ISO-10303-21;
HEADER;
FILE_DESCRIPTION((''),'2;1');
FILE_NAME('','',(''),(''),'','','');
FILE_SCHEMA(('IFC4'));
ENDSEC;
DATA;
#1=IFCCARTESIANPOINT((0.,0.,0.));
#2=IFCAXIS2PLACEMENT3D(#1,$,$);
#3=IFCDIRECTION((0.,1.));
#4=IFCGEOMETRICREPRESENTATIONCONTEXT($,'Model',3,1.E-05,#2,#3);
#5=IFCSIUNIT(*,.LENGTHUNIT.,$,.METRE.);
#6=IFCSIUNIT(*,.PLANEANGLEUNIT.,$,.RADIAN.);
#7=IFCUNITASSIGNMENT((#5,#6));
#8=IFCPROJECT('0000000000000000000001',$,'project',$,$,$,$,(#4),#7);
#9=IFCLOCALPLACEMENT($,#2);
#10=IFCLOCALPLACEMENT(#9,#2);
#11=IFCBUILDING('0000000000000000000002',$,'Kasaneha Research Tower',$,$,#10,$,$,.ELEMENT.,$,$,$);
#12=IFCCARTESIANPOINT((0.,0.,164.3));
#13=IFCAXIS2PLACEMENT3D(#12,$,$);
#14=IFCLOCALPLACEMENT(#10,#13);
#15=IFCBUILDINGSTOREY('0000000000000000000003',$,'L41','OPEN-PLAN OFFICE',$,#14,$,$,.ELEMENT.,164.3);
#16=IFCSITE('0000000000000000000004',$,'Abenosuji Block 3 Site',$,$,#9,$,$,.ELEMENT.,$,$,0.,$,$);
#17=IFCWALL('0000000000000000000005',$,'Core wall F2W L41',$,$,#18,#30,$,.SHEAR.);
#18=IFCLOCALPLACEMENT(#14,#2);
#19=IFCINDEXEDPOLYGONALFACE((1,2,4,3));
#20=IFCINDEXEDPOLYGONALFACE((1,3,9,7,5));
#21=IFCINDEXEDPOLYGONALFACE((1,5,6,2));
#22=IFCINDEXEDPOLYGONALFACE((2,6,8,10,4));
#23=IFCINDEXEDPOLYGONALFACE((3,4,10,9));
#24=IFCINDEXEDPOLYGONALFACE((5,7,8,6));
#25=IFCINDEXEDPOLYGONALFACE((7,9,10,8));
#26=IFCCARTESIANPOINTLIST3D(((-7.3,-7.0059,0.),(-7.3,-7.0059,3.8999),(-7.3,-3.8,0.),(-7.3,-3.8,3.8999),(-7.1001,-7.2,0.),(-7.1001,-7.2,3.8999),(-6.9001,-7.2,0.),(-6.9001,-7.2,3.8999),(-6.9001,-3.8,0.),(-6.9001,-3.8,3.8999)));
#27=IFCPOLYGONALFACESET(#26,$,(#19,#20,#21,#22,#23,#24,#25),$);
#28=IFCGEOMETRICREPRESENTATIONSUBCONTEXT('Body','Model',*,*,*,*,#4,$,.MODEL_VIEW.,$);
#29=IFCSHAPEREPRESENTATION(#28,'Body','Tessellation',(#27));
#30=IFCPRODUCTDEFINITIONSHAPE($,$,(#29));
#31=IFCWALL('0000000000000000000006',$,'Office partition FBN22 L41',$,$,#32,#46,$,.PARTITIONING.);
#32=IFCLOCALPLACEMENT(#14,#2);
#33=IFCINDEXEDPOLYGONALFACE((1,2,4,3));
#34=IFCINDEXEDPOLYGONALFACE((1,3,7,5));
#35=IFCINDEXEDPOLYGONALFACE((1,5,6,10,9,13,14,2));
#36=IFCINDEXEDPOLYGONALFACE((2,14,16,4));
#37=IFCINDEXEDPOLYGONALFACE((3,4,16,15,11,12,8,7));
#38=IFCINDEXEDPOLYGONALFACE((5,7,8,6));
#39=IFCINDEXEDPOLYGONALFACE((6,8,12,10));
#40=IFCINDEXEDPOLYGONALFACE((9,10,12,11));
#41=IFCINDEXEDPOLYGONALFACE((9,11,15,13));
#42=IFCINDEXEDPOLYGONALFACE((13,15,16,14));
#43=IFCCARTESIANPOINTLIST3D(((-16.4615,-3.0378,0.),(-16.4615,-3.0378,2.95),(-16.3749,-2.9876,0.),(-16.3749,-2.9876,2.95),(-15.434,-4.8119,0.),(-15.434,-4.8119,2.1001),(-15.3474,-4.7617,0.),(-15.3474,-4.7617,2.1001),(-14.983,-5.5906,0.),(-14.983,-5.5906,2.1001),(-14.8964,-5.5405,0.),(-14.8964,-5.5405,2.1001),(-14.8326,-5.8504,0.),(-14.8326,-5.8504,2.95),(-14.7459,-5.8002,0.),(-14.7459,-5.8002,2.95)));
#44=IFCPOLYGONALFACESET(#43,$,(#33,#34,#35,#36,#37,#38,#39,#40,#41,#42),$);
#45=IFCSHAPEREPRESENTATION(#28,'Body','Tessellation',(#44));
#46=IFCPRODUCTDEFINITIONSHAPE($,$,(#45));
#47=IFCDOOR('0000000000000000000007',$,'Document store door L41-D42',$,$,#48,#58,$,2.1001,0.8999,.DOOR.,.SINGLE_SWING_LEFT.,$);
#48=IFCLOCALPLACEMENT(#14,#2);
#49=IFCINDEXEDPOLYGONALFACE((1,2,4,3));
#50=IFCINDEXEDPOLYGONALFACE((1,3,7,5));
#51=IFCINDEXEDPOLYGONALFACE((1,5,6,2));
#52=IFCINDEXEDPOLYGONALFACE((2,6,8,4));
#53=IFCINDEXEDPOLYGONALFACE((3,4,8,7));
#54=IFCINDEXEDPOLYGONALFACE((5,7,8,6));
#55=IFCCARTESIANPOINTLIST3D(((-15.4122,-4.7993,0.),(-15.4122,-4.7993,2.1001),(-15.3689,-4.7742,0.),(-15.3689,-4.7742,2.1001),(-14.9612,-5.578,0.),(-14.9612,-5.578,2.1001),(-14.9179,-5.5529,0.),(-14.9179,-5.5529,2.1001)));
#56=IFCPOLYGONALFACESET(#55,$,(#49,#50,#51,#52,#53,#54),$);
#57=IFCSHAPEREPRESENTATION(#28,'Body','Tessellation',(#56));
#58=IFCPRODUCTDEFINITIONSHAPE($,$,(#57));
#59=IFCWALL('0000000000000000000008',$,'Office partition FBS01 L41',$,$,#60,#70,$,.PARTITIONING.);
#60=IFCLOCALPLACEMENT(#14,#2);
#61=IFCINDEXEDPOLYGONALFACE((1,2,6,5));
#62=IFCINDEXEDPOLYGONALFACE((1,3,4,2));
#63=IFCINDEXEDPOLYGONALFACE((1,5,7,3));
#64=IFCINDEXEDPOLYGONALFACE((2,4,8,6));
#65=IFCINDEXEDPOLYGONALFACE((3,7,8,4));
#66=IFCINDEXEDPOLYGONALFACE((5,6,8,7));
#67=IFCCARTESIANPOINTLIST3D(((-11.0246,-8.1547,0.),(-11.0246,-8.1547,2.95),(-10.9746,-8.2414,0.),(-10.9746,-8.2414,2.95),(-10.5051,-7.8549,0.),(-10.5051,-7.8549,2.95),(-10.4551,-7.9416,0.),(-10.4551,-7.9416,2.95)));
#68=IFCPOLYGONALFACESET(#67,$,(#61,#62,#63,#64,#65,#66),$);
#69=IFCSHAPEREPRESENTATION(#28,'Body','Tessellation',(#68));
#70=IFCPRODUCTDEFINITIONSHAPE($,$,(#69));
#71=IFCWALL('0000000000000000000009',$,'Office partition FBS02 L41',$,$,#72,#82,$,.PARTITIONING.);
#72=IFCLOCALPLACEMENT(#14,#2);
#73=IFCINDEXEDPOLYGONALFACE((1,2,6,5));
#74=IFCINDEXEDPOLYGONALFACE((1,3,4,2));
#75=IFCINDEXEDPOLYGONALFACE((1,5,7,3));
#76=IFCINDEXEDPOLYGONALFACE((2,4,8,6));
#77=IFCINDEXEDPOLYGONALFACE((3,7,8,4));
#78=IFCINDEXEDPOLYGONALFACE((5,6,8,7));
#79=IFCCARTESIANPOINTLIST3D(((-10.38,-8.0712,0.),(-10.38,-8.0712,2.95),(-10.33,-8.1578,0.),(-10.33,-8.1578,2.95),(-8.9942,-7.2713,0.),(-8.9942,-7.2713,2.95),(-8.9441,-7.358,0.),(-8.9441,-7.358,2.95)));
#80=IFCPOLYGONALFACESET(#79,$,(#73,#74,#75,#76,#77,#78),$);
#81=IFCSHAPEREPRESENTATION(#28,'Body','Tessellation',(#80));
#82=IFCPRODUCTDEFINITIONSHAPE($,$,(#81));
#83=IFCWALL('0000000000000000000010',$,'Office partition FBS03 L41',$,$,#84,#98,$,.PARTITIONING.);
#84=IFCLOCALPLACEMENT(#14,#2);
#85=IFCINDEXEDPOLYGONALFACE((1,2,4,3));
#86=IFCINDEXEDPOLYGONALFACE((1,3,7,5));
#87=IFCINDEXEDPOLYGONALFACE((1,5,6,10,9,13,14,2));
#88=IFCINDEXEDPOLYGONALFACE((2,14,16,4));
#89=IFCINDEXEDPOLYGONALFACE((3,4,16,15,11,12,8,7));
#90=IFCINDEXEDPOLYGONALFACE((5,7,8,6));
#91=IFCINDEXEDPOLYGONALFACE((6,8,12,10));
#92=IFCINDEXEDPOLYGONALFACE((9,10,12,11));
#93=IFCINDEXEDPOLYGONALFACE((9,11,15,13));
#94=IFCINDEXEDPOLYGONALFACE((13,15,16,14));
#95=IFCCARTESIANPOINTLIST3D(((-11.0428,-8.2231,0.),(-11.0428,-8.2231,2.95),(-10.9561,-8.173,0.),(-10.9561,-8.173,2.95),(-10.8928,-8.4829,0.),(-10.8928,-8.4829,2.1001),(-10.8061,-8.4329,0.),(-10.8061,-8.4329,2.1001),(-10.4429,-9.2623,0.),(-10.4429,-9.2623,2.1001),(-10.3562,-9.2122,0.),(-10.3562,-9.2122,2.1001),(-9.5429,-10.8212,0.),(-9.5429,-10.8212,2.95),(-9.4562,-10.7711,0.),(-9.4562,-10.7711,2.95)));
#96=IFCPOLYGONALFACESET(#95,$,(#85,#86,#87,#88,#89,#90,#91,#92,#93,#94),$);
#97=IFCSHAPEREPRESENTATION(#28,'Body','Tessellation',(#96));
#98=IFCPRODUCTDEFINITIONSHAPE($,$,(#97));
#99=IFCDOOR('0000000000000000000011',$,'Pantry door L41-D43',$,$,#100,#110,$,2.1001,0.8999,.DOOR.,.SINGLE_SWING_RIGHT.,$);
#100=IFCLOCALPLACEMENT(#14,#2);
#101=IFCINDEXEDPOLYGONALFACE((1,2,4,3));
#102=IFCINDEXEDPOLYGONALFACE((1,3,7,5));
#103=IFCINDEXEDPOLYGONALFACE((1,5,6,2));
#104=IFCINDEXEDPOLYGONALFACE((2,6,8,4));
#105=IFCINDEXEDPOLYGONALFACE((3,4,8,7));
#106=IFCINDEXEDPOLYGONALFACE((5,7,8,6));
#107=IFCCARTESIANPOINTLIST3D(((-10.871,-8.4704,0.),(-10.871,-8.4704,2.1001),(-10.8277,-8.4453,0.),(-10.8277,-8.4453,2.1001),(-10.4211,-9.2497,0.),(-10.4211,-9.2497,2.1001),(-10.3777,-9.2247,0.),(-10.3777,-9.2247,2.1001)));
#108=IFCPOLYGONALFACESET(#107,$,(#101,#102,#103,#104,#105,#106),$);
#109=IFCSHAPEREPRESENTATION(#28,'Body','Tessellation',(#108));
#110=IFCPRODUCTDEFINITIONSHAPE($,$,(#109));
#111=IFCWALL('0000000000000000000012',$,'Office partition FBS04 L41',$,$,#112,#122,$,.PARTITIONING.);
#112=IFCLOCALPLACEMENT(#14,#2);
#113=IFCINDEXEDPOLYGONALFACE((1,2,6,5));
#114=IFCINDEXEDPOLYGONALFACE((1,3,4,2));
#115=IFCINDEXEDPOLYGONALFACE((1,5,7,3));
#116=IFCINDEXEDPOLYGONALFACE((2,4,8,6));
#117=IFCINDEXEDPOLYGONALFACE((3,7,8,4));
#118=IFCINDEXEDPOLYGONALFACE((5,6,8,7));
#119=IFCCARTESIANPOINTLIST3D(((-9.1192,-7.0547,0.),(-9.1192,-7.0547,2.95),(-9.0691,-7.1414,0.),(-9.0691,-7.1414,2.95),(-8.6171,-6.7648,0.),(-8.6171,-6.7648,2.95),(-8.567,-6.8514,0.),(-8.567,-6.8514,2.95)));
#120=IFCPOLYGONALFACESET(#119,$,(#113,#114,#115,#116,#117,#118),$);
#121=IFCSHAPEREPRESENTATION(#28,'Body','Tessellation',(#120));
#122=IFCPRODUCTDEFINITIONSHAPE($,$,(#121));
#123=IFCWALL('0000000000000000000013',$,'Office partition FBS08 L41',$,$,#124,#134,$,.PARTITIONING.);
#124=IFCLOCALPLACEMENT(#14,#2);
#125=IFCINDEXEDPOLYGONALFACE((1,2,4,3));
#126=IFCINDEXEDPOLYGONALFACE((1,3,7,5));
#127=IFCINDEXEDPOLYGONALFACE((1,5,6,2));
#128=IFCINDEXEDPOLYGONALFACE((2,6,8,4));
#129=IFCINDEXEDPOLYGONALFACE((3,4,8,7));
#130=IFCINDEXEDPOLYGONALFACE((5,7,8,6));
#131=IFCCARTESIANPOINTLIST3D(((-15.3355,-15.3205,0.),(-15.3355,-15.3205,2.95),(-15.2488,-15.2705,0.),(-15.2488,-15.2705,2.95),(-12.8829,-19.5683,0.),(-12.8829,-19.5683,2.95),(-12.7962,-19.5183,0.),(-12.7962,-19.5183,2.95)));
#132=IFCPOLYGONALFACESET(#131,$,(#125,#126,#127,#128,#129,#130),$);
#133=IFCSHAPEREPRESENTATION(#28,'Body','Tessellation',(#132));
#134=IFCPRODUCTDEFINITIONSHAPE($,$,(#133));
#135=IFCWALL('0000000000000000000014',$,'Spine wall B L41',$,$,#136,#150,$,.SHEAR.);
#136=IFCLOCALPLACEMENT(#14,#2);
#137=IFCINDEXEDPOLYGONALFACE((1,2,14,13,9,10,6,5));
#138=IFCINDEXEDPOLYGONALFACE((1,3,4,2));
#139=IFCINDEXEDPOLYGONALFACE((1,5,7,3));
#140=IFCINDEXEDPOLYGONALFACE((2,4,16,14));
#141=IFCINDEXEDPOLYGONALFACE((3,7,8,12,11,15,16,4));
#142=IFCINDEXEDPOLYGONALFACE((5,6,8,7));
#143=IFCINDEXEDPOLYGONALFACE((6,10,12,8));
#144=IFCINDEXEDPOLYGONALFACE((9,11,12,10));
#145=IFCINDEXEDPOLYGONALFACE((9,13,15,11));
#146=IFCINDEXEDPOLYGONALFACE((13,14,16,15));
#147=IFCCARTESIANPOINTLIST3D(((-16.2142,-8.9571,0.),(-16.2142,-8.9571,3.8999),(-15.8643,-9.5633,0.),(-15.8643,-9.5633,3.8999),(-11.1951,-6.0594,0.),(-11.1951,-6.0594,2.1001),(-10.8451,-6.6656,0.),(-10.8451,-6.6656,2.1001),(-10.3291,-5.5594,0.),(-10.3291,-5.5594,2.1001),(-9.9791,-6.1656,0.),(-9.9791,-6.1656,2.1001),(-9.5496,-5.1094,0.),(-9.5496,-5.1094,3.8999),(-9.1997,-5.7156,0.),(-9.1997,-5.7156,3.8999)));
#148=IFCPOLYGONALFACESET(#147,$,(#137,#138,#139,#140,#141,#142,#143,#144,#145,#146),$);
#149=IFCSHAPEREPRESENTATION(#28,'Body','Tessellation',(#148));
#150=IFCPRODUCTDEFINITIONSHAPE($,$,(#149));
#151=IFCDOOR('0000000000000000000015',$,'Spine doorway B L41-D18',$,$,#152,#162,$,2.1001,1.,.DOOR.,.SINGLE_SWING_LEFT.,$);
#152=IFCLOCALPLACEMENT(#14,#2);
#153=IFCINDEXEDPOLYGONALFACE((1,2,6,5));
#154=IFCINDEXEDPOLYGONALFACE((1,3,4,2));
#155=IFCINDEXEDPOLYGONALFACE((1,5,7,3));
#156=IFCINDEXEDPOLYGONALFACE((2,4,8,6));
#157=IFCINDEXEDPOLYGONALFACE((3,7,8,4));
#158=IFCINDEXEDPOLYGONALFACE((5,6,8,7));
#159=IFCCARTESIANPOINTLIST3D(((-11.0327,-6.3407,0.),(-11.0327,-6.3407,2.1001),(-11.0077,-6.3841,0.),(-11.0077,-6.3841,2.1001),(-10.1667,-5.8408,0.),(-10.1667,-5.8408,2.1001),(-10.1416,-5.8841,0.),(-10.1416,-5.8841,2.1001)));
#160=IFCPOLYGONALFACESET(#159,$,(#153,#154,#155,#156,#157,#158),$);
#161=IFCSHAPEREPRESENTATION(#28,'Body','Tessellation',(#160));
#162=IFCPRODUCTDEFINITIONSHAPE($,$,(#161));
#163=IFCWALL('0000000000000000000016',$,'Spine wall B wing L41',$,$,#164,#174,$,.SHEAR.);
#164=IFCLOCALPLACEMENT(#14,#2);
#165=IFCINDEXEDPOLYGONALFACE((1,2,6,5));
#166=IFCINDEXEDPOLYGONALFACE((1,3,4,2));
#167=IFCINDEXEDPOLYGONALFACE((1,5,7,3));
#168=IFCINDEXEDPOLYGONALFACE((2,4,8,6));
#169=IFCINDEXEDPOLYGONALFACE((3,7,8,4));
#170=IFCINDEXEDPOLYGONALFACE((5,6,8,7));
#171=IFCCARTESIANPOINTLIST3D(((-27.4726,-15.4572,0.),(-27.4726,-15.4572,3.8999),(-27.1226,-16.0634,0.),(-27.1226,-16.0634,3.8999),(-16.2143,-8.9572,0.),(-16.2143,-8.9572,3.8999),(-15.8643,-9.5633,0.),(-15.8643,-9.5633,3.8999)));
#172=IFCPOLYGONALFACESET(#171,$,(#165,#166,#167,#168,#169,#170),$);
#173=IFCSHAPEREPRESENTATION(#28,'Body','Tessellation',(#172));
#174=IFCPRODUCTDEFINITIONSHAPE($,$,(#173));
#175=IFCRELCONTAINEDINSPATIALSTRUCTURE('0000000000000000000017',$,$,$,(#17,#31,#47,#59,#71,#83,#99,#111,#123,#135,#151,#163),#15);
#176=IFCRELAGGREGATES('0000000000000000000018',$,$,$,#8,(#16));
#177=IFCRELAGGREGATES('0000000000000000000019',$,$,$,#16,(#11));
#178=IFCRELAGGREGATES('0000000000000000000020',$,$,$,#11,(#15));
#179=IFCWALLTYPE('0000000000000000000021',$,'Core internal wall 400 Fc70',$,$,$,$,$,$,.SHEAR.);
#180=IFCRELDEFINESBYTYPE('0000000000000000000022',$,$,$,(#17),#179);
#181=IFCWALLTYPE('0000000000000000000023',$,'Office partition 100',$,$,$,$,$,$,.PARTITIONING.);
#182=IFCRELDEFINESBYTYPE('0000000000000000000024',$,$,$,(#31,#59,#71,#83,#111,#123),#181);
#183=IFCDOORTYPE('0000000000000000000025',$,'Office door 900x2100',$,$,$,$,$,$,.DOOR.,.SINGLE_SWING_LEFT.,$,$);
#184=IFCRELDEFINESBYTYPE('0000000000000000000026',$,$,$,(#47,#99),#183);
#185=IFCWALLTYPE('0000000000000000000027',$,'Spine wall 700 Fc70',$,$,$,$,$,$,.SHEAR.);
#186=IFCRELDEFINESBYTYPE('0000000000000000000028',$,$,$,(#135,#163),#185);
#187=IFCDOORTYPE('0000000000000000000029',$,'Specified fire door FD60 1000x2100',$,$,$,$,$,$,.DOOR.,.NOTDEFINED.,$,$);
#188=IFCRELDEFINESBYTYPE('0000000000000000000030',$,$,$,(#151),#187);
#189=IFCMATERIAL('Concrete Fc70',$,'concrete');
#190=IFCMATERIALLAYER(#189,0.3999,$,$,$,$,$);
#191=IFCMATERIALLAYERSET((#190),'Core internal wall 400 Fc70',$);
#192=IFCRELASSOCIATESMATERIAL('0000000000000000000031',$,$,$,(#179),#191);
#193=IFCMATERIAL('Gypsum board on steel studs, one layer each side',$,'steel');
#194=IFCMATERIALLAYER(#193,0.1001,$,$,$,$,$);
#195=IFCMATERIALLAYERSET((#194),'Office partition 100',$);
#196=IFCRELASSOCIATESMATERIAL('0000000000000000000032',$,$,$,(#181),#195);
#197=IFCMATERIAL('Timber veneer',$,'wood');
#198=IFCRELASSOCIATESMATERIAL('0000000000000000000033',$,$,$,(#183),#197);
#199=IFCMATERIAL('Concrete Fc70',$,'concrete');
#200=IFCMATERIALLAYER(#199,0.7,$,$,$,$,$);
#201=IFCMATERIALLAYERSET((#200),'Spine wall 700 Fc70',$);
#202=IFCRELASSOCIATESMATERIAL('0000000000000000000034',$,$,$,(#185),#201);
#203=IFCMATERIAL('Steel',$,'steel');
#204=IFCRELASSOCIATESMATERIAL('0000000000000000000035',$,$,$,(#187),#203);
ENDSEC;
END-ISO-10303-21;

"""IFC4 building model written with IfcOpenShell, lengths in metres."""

from ifc_helpers import new_model, si_unit, direction, frame, frame_2d, origin, place, context, subcontext, project, spatial, polyline, rectangle, outline, extrude, material, layer, layer_set, type_object, element, fill, save


model = new_model("IFC4")

# Units and contexts
model_context = context("Model", 3, precision=1e-05, world=origin(), true_north=direction((0.0, 1.0)))
body_context = subcontext(model_context, "Body", "Model", "MODEL_VIEW")
ifc_project = project(units=[si_unit("LENGTHUNIT", "METRE"), si_unit("PLANEANGLEUNIT", "RADIAN")], contexts=[model_context])

# Site, building, storey
site_placement = place(None, origin())
site = spatial("IfcSite", under=ifc_project, at=site_placement, Name="Abenosuji Block 3 Site", CompositionType="ELEMENT", RefElevation=0.0)
building_placement = place(site_placement, origin())
building = spatial("IfcBuilding", under=site, at=building_placement, Name="Kasaneha Research Tower", CompositionType="ELEMENT")
storey_placement = place(building_placement, frame((0.0, 0.0, 164.3)))
storey = spatial("IfcBuildingStorey", under=building, at=storey_placement, Name="L41", Description="OPEN-PLAN OFFICE", CompositionType="ELEMENT", Elevation=164.3)

# Shared definitions
ifc_material_1 = material(Name="Concrete Fc70", Category="concrete")
ifc_layer_1 = layer(ifc_material_1, 0.3999)
ifc_layer_set_1 = layer_set([ifc_layer_1], Name="Core internal wall 400 Fc70")
wall_type_1 = type_object("IfcWallType", Name="Core internal wall 400 Fc70", PredefinedType="SHEAR", material=ifc_layer_set_1)

# Wall
wall_1_placement = place(storey_placement, frame((-7.1001, -3.8, 0.0), z_axis=(0.0, 0.0, 1.0), x_axis=(0.0, -1.0, 0.0)))
element("IfcWall", 1, at=wall_1_placement, inside=storey, type_object=wall_type_1, Name="Core wall F2W L41", PredefinedType="SHEAR", context=body_context, shape_type="SweptSolid", body=[
    extrude(outline(polyline([(0.0, -0.2), (3.2058, -0.2), (3.3999, 0.0), (3.3999, 0.2), (0.0, 0.2), (0.0, -0.2)])), origin(), (0.0, 0.0, 1.0), 3.8999),
])

# Wall, opening, door
ifc_material_2 = material(Name="Gypsum board on steel studs, one layer each side", Category="steel")
ifc_layer_2 = layer(ifc_material_2, 0.1001)
ifc_layer_set_2 = layer_set([ifc_layer_2], Name="Office partition 100")
wall_type_2 = type_object("IfcWallType", Name="Office partition 100", PredefinedType="PARTITIONING", material=ifc_layer_set_2)
wall_2_placement = place(storey_placement, frame((-14.7893, -5.8252, 0.0), z_axis=(0.0, 0.0, 1.0), x_axis=(-0.501178, 0.865344, 0.0)))
wall_2 = element("IfcWall", 2, at=wall_2_placement, inside=storey, type_object=wall_type_2, Name="Office partition FBN22 L41", PredefinedType="PARTITIONING", context=body_context, shape_type="SweptSolid", body=[
    extrude(rectangle(XDim=3.2502, YDim=0.1001, at=frame_2d((1.625, 0.0))), origin(), (0.0, 0.0, 1.0), 2.95),
])
opening_1_placement = place(wall_2_placement, frame((0.3, 0.0, 0.0)))
opening_1 = element("IfcOpeningElement", 3, at=opening_1_placement, cuts=wall_2, PredefinedType="OPENING", context=body_context, shape_type="SweptSolid", body=[
    extrude(rectangle(XDim=0.8999, YDim=2.1001, at=frame_2d((0.45, 1.05))), frame((0.0, 0.0601, 0.0), z_axis=(0.0, -1.0, 0.0), x_axis=(1.0, 0.0, 0.0)), (0.0, 0.0, 1.0), 0.1201),
])
ifc_material_3 = material(Name="Timber veneer", Category="wood")
door_type_1 = type_object("IfcDoorType", Name="Office door 900x2100", OperationType="SINGLE_SWING_LEFT", PredefinedType="DOOR", material=ifc_material_3)
door_1_placement = place(opening_1_placement, origin())
door_1 = element("IfcDoor", 4, at=door_1_placement, inside=storey, type_object=door_type_1, Name="Document store door L41-D42", OperationType="SINGLE_SWING_LEFT", OverallHeight=2.1001, OverallWidth=0.8999, PredefinedType="DOOR", context=body_context, shape_type="SweptSolid", body=[
    extrude(rectangle(XDim=0.8999, YDim=2.1001, at=frame_2d((0.45, 1.05))), frame((0.0, 0.0249, 0.0), z_axis=(0.0, -1.0, 0.0), x_axis=(1.0, 0.0, 0.0)), (0.0, 0.0, 1.0), 0.05),
])
fill(opening_1, door_1)

# Walls
wall_3_placement = place(storey_placement, frame((-10.9995, -8.198, 0.0), z_axis=(0.0, 0.0, 1.0), x_axis=(0.866131, 0.499816, 0.0)))
element("IfcWall", 5, at=wall_3_placement, inside=storey, type_object=wall_type_2, Name="Office partition FBS01 L41", PredefinedType="PARTITIONING", context=body_context, shape_type="SweptSolid", body=[
    extrude(rectangle(XDim=0.5999, YDim=0.1001, at=frame_2d((0.2998, 0.0))), origin(), (0.0, 0.0, 1.0), 2.95),
])
wall_4_placement = place(storey_placement, frame((-10.355, -8.1145, 0.0), z_axis=(0.0, 0.0, 1.0), x_axis=(0.866094, 0.499881, 0.0)))
element("IfcWall", 6, at=wall_4_placement, inside=storey, type_object=wall_type_2, Name="Office partition FBS02 L41", PredefinedType="PARTITIONING", context=body_context, shape_type="SweptSolid", body=[
    extrude(rectangle(XDim=1.6001, YDim=0.1001, at=frame_2d((0.8, 0.0))), origin(), (0.0, 0.0, 1.0), 2.95),
])

# Wall, opening, door
wall_5_placement = place(storey_placement, frame((-9.4995, -10.7961, 0.0), z_axis=(0.0, 0.0, 1.0), x_axis=(-0.49999, 0.866031, 0.0)))
wall_5 = element("IfcWall", 7, at=wall_5_placement, inside=storey, type_object=wall_type_2, Name="Office partition FBS03 L41", PredefinedType="PARTITIONING", context=body_context, shape_type="SweptSolid", body=[
    extrude(rectangle(XDim=3.0, YDim=0.1001, at=frame_2d((1.5, 0.0))), origin(), (0.0, 0.0, 1.0), 2.95),
])
opening_2_placement = place(wall_5_placement, frame((1.8, 0.0, 0.0)))
opening_2 = element("IfcOpeningElement", 8, at=opening_2_placement, cuts=wall_5, PredefinedType="OPENING", context=body_context, shape_type="SweptSolid", body=[
    extrude(rectangle(XDim=0.8999, YDim=2.1001, at=frame_2d((0.45, 1.05))), frame((0.0, 0.0601, 0.0), z_axis=(0.0, -1.0, 0.0), x_axis=(1.0, 0.0, 0.0)), (0.0, 0.0, 1.0), 0.1201),
])
door_2_placement = place(opening_2_placement, origin())
door_2 = element("IfcDoor", 9, at=door_2_placement, inside=storey, type_object=door_type_1, Name="Pantry door L41-D43", OperationType="SINGLE_SWING_RIGHT", OverallHeight=2.1001, OverallWidth=0.8999, PredefinedType="DOOR", context=body_context, shape_type="SweptSolid", body=[
    extrude(rectangle(XDim=0.8999, YDim=2.1001, at=frame_2d((0.45, 1.05))), frame((0.0, 0.0249, 0.0), z_axis=(0.0, -1.0, 0.0), x_axis=(1.0, 0.0, 0.0)), (0.0, 0.0, 1.0), 0.05),
])
fill(opening_2, door_2)

# Walls
wall_6_placement = place(storey_placement, frame((-9.0942, -7.0981, 0.0), z_axis=(0.0, 0.0, 1.0), x_axis=(0.865954, 0.500123, 0.0)))
element("IfcWall", 10, at=wall_6_placement, inside=storey, type_object=wall_type_2, Name="Office partition FBS04 L41", PredefinedType="PARTITIONING", context=body_context, shape_type="SweptSolid", body=[
    extrude(rectangle(XDim=0.5798, YDim=0.1001, at=frame_2d((0.29, 0.0))), origin(), (0.0, 0.0, 1.0), 2.95),
])
wall_7_placement = place(storey_placement, frame((-15.2922, -15.2954, 0.0), z_axis=(0.0, 0.0, 1.0), x_axis=(0.500025, -0.866011, 0.0)))
element("IfcWall", 11, at=wall_7_placement, inside=storey, type_object=wall_type_2, Name="Office partition FBS08 L41", PredefinedType="PARTITIONING", context=body_context, shape_type="SweptSolid", body=[
    extrude(rectangle(XDim=4.905, YDim=0.1001, at=frame_2d((2.4526, 0.0))), origin(), (0.0, 0.0, 1.0), 2.95),
])

# Wall, opening, door
ifc_material_4 = material(Name="Concrete Fc70", Category="concrete")
ifc_layer_3 = layer(ifc_material_4, 0.7)
ifc_layer_set_3 = layer_set([ifc_layer_3], Name="Spine wall 700 Fc70")
wall_type_3 = type_object("IfcWallType", Name="Spine wall 700 Fc70", PredefinedType="SHEAR", material=ifc_layer_set_3)
wall_8_placement = place(storey_placement, frame((-9.3748, -5.4126, 0.0), z_axis=(0.0, 0.0, 1.0), x_axis=(-0.866032, -0.499988, 0.0)))
wall_8 = element("IfcWall", 12, at=wall_8_placement, inside=storey, type_object=wall_type_3, Name="Spine wall B L41", PredefinedType="SHEAR", context=body_context, shape_type="SweptSolid", body=[
    extrude(rectangle(XDim=7.6956, YDim=0.7, at=frame_2d((3.8477, 0.0))), origin(), (0.0, 0.0, 1.0), 3.8999),
])
opening_3_placement = place(wall_8_placement, frame((0.8999, 0.0, 0.0)))
opening_3 = element("IfcOpeningElement", 13, at=opening_3_placement, cuts=wall_8, PredefinedType="OPENING", context=body_context, shape_type="SweptSolid", body=[
    extrude(rectangle(XDim=1.0, YDim=2.1001, at=frame_2d((0.5, 1.05))), frame((0.0, 0.3599, 0.0), z_axis=(0.0, -1.0, 0.0), x_axis=(1.0, 0.0, 0.0)), (0.0, 0.0, 1.0), 0.72),
])
ifc_material_5 = material(Name="Steel", Category="steel")
door_type_2 = type_object("IfcDoorType", Name="Specified fire door FD60 1000x2100", OperationType="NOTDEFINED", PredefinedType="DOOR", material=ifc_material_5)
door_3_placement = place(opening_3_placement, origin())
door_3 = element("IfcDoor", 14, at=door_3_placement, inside=storey, type_object=door_type_2, Name="Spine doorway B L41-D18", OperationType="SINGLE_SWING_LEFT", OverallHeight=2.1001, OverallWidth=1.0, PredefinedType="DOOR", context=body_context, shape_type="SweptSolid", body=[
    extrude(rectangle(XDim=1.0, YDim=2.1001, at=frame_2d((0.5, 1.05))), frame((0.0, 0.0249, 0.0), z_axis=(0.0, -1.0, 0.0), x_axis=(1.0, 0.0, 0.0)), (0.0, 0.0, 1.0), 0.05),
])
fill(opening_3, door_3)

# Wall
wall_9_placement = place(storey_placement, frame((-16.0393, -9.2603, 0.0), z_axis=(0.0, 0.0, 1.0), x_axis=(-0.866025, -0.500001, 0.0)))
element("IfcWall", 15, at=wall_9_placement, inside=storey, type_object=wall_type_3, Name="Spine wall B wing L41", PredefinedType="SHEAR", context=body_context, shape_type="SweptSolid", body=[
    extrude(rectangle(XDim=13.0, YDim=0.7, at=frame_2d((6.5, 0.0))), origin(), (0.0, 0.0, 1.0), 3.8999),
])

save(model, "model.ifc")
